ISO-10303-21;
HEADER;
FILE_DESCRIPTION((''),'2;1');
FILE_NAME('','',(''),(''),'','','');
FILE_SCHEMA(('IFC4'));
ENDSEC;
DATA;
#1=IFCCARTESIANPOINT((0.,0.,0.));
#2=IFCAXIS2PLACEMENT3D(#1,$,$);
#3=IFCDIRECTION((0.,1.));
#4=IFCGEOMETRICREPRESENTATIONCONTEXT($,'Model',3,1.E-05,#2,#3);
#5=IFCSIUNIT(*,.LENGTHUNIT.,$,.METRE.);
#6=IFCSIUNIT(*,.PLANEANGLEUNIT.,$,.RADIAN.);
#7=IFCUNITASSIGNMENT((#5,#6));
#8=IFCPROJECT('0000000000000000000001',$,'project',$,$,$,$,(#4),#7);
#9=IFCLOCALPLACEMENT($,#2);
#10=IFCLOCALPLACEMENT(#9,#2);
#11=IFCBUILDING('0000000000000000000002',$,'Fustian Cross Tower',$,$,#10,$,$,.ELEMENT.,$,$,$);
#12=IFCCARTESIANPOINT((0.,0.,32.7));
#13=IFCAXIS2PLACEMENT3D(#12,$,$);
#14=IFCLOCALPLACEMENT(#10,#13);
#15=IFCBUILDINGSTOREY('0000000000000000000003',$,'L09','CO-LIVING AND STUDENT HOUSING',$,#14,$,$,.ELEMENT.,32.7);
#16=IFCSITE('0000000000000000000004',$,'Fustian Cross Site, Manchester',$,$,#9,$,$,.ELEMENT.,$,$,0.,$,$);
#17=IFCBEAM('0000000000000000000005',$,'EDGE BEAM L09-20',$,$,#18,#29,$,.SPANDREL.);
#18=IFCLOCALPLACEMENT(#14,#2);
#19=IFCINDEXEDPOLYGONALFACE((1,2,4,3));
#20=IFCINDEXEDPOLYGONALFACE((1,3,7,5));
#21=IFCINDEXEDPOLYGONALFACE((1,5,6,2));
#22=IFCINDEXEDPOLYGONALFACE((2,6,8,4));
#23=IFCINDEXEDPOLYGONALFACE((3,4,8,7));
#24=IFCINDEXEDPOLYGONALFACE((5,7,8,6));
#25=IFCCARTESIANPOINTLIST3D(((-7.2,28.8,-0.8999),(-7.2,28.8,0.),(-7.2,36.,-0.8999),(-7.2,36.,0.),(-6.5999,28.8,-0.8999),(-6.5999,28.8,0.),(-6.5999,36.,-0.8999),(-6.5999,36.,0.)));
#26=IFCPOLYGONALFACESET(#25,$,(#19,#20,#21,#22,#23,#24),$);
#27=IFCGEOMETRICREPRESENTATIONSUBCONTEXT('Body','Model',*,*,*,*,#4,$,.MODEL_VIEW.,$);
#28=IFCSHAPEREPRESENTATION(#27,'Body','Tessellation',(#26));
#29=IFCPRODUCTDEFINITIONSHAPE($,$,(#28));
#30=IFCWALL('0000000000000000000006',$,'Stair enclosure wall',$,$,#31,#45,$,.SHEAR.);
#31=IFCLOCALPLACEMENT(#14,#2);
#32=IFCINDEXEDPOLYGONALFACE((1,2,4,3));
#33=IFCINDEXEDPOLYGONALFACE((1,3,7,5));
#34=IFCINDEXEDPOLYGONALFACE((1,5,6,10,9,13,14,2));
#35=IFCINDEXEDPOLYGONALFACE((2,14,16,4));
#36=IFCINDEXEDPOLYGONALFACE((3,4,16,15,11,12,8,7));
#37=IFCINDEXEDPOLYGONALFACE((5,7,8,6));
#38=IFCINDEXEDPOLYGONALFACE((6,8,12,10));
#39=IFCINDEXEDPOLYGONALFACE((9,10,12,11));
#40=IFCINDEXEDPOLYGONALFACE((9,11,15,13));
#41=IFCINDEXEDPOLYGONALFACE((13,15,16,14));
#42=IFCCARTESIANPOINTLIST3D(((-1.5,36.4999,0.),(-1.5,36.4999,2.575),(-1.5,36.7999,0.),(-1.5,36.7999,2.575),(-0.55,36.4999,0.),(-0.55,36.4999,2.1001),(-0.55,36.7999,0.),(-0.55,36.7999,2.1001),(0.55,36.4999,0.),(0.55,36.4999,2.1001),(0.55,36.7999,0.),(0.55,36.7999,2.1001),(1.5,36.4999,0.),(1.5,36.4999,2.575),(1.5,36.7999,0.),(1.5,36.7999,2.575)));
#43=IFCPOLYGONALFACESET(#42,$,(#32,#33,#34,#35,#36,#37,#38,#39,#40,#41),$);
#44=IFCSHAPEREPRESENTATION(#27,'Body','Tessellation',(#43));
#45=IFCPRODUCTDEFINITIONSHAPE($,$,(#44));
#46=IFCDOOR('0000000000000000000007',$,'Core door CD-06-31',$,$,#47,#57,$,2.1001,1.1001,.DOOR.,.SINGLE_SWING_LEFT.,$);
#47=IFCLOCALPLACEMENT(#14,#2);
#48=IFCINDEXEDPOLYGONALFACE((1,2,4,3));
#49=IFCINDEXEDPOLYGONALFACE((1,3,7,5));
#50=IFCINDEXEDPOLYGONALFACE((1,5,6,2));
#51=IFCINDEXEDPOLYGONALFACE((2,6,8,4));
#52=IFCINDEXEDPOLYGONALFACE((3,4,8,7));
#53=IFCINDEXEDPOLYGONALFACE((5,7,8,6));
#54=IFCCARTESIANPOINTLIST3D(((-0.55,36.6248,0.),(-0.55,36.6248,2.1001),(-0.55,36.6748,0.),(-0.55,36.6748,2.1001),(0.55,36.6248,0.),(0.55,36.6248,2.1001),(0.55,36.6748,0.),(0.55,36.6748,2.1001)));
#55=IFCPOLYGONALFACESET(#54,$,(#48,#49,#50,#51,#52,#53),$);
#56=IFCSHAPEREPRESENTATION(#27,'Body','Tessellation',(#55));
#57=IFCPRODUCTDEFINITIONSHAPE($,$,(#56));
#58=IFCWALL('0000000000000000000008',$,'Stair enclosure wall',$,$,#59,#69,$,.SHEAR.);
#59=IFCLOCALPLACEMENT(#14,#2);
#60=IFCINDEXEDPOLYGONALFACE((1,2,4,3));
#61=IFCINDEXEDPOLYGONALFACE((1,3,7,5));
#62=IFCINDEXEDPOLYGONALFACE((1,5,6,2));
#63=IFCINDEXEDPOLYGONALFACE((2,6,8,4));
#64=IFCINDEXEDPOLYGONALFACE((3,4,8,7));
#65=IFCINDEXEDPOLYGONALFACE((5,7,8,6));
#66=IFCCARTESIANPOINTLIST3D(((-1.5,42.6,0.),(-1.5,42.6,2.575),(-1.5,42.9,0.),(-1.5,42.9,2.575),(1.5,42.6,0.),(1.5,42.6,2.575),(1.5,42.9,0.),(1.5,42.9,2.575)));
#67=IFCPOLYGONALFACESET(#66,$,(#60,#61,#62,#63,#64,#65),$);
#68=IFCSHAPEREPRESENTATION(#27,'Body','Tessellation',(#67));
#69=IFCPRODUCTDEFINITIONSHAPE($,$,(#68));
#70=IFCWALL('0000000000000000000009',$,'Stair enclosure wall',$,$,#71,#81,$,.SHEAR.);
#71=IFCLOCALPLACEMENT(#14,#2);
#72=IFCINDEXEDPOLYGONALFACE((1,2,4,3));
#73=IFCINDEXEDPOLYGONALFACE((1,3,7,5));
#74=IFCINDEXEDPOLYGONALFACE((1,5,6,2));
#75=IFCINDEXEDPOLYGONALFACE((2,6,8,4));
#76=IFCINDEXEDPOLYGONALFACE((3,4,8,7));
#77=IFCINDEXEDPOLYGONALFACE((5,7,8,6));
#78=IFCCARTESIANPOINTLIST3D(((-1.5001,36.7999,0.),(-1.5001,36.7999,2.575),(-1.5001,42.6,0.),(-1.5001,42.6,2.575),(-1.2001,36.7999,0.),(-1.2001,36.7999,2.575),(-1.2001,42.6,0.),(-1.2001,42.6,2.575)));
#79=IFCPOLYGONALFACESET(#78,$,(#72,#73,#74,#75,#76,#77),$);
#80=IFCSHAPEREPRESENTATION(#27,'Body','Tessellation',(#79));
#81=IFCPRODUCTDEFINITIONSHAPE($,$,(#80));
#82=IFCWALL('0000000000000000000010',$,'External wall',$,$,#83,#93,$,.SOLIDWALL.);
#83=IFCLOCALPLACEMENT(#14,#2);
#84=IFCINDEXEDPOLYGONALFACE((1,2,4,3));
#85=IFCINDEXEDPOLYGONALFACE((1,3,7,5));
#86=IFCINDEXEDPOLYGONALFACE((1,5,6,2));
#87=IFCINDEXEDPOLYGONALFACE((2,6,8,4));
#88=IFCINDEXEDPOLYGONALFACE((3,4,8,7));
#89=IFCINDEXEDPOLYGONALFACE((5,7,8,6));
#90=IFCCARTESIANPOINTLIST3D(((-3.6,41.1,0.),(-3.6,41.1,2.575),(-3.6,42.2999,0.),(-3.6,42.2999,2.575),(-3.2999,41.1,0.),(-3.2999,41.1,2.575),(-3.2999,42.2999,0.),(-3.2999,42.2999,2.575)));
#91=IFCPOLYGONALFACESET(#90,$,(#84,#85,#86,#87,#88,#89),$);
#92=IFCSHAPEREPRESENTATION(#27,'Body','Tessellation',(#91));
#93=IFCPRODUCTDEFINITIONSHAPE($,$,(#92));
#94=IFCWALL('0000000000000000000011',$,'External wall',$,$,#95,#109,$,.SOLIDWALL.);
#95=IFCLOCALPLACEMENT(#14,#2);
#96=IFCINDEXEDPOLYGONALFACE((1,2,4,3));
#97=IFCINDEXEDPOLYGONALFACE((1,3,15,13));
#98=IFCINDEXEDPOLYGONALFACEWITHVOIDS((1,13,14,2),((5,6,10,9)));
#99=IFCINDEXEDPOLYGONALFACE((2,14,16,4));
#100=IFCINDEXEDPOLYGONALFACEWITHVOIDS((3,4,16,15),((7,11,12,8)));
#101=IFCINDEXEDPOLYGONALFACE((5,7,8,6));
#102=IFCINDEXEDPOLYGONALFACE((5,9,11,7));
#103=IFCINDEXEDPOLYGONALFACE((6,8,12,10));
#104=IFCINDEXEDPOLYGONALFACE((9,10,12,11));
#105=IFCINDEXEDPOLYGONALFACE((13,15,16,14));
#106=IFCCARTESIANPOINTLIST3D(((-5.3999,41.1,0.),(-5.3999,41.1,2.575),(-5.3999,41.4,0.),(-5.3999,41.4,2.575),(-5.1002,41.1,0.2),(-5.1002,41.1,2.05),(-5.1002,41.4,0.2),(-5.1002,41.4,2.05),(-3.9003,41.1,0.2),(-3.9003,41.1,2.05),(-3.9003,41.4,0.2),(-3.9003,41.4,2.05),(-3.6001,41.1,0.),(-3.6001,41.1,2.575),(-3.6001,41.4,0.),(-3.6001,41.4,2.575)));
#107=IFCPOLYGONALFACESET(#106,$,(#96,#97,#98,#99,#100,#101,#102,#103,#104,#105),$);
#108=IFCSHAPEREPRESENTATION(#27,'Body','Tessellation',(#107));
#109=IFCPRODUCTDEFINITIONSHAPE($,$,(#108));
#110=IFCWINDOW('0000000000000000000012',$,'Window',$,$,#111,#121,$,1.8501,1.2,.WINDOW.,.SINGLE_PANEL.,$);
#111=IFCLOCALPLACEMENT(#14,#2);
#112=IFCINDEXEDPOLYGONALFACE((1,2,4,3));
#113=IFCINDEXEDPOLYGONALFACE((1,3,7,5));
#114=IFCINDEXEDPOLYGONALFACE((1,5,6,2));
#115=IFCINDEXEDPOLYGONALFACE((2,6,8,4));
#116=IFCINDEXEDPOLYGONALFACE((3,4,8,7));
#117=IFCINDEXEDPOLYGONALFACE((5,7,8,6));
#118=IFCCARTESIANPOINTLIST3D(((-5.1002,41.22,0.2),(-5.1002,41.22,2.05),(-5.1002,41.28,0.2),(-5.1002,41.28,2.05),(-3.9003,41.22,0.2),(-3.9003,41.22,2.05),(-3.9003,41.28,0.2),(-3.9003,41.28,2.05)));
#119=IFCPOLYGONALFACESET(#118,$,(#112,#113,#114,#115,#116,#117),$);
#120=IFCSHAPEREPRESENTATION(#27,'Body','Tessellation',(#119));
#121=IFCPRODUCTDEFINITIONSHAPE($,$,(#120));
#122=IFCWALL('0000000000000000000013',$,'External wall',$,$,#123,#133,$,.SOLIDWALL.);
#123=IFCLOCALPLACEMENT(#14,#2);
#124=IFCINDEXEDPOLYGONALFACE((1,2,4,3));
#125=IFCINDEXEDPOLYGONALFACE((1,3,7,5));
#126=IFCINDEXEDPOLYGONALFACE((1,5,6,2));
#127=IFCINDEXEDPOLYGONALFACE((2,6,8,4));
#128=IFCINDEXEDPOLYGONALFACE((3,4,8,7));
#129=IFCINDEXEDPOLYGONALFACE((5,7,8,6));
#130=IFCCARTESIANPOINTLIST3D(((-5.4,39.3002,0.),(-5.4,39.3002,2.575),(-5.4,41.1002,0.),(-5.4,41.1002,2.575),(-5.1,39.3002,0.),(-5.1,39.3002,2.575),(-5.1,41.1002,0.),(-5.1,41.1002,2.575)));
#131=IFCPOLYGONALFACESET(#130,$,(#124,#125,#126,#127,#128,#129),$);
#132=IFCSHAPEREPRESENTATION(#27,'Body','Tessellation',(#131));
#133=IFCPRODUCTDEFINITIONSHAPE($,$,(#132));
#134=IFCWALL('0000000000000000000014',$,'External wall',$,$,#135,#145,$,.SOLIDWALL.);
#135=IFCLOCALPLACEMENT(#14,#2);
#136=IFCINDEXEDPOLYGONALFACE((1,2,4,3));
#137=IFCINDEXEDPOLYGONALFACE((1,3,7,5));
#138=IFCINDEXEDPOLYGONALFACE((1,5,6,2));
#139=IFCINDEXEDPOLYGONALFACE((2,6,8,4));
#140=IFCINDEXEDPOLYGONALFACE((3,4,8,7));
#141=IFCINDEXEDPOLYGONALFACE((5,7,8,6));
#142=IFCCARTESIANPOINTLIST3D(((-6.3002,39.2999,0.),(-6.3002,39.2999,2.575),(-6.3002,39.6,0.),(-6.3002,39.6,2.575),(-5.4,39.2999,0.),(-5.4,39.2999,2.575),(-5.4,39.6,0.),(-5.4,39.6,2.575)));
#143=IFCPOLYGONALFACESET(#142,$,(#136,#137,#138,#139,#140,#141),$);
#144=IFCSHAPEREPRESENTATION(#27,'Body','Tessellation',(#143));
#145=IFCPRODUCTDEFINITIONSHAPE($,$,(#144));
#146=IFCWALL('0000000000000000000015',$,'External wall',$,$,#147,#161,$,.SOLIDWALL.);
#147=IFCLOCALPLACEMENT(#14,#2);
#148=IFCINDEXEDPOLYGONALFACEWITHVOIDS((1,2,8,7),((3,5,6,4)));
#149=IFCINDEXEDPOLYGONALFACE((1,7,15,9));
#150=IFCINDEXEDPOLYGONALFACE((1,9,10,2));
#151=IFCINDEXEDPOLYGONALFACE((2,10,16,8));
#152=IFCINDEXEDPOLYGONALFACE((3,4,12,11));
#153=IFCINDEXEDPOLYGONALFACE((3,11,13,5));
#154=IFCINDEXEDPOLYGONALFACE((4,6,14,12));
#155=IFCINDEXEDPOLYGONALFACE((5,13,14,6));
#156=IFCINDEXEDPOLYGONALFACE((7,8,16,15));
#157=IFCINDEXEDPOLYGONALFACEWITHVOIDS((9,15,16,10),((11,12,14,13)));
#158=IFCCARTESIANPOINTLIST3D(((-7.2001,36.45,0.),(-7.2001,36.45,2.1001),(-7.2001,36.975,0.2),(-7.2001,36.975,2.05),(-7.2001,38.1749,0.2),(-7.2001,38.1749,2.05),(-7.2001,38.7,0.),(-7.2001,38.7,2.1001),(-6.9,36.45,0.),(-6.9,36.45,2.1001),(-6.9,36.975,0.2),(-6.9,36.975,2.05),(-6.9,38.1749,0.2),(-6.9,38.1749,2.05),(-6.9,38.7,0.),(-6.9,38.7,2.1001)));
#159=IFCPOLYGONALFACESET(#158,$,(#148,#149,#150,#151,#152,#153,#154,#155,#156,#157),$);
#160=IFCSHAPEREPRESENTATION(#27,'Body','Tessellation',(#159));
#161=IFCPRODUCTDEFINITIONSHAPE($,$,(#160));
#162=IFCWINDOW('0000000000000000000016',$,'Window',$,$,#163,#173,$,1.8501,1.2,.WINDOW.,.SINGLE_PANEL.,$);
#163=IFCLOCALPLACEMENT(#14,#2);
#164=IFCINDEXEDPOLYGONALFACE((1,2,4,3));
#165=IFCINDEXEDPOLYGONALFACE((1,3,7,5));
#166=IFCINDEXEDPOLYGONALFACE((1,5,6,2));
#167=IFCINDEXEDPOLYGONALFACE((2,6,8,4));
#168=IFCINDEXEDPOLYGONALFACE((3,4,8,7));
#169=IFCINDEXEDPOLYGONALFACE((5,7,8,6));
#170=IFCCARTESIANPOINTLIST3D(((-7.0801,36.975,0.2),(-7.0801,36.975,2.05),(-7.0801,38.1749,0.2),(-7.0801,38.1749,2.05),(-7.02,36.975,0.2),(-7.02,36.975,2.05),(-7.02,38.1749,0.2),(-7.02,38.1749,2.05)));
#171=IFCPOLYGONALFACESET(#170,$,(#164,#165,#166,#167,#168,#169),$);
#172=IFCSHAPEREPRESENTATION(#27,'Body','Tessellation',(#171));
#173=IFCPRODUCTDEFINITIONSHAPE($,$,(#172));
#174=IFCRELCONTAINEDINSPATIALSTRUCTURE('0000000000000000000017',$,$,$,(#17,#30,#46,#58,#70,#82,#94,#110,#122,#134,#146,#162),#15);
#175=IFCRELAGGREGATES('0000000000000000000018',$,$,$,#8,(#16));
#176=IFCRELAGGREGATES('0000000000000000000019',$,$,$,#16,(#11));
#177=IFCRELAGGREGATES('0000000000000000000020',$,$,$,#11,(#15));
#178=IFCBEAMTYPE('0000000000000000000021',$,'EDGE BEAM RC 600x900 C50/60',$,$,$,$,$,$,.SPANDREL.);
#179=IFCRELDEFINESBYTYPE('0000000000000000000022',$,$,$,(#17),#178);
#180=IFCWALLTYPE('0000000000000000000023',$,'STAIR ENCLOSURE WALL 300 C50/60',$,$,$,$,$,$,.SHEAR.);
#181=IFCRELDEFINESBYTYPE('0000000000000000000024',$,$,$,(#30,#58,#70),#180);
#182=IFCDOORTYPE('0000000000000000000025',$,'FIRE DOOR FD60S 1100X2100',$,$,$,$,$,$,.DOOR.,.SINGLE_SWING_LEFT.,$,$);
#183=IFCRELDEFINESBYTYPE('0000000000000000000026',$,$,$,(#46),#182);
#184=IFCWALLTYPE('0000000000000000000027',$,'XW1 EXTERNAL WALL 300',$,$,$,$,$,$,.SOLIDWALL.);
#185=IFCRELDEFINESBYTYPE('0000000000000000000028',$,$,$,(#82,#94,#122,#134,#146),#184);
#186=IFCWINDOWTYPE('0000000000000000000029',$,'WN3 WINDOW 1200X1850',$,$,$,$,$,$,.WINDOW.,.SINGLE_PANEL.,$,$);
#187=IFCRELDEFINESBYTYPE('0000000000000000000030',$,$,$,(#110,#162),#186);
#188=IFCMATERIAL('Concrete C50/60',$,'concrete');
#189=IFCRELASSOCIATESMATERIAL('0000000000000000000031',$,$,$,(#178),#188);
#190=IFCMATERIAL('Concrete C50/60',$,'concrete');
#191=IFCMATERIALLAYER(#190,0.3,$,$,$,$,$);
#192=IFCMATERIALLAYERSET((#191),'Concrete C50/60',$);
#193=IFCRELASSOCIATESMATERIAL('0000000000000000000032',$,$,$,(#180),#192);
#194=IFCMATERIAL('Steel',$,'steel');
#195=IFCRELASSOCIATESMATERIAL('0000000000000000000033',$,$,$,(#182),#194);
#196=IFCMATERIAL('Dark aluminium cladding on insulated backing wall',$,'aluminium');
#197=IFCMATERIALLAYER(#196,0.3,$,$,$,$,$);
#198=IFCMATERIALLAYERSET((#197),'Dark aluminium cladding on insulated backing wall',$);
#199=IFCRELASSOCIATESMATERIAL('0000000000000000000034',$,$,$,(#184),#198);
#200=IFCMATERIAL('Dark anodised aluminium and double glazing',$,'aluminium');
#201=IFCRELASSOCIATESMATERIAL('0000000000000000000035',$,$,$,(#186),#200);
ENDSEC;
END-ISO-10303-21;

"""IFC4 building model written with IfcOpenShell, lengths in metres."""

from ifc_helpers import new_model, si_unit, direction, frame, frame_2d, origin, origin_2d, place, context, subcontext, project, spatial, rectangle, extrude, material, layer, layer_set, material_profile, profile_set, type_object, element, fill, save


model = new_model("IFC4")

# Units and contexts
model_context = context("Model", 3, precision=1e-05, world=origin(), true_north=direction((0.0, 1.0)))
body_context = subcontext(model_context, "Body", "Model", "MODEL_VIEW")
ifc_project = project(units=[si_unit("LENGTHUNIT", "METRE"), si_unit("PLANEANGLEUNIT", "RADIAN")], contexts=[model_context])

# Site, building, storey
site_placement = place(None, origin())
site = spatial("IfcSite", under=ifc_project, at=site_placement, Name="Fustian Cross Site, Manchester", CompositionType="ELEMENT", RefElevation=0.0)
building_placement = place(site_placement, origin())
building = spatial("IfcBuilding", under=site, at=building_placement, Name="Fustian Cross Tower", CompositionType="ELEMENT")
storey_placement = place(building_placement, frame((0.0, 0.0, 32.7)))
storey = spatial("IfcBuildingStorey", under=building, at=storey_placement, Name="L09", Description="CO-LIVING AND STUDENT HOUSING", CompositionType="ELEMENT", Elevation=32.7)

# Beam
ifc_material_1 = material(Name="Concrete C50/60", Category="concrete")
ifc_material_profile_1 = material_profile(ifc_material_1, rectangle(XDim=0.6001, YDim=0.8999, at=origin_2d()), Name="RC 600x900")
ifc_profile_set_1 = profile_set([ifc_material_profile_1], Name="Concrete C50/60")
beam_type = type_object("IfcBeamType", Name="EDGE BEAM RC 600x900 C50/60", PredefinedType="SPANDREL", material=ifc_profile_set_1)
beam_1_placement = place(storey_placement, frame((-6.8999, 36.0, -0.45), z_axis=(0.0, -1.0, 0.0), x_axis=(1.0, 0.0, 0.0)))
element("IfcBeam", 1, at=beam_1_placement, inside=storey, type_object=beam_type, Name="EDGE BEAM L09-20", PredefinedType="SPANDREL", context=body_context, shape_type="SweptSolid", body=[
    extrude(rectangle(XDim=0.6001, YDim=0.8999, at=origin_2d()), origin(), (0.0, 0.0, 1.0), 7.2),
])

# Wall, opening, door
ifc_material_2 = material(Name="Concrete C50/60", Category="concrete")
ifc_layer_1 = layer(ifc_material_2, 0.3)
ifc_layer_set_1 = layer_set([ifc_layer_1], Name="Concrete C50/60")
wall_type_1 = type_object("IfcWallType", Name="STAIR ENCLOSURE WALL 300 C50/60", PredefinedType="SHEAR", material=ifc_layer_set_1)
wall_1_placement = place(storey_placement, frame((-1.5, 36.6499, 0.0), z_axis=(0.0, 0.0, 1.0), x_axis=(1.0, 0.0, 0.0)))
wall_1 = element("IfcWall", 2, at=wall_1_placement, inside=storey, type_object=wall_type_1, Name="Stair enclosure wall", PredefinedType="SHEAR", context=body_context, shape_type="SweptSolid", body=[
    extrude(rectangle(XDim=3.0, YDim=0.3, at=frame_2d((1.5, 0.0))), origin(), (0.0, 0.0, 1.0), 2.575),
])
opening_1_placement = place(wall_1_placement, frame((0.95, 0.0, 0.0)))
opening_1 = element("IfcOpeningElement", 3, at=opening_1_placement, cuts=wall_1, PredefinedType="OPENING", context=body_context, shape_type="SweptSolid", body=[
    extrude(rectangle(XDim=1.1001, YDim=2.1001, at=frame_2d((0.55, 1.05))), frame((0.0, 0.1599, 0.0), z_axis=(0.0, -1.0, 0.0), x_axis=(1.0, 0.0, 0.0)), (0.0, 0.0, 1.0), 0.3201),
])
ifc_material_3 = material(Name="Steel", Category="steel")
door_type = type_object("IfcDoorType", Name="FIRE DOOR FD60S 1100X2100", OperationType="SINGLE_SWING_LEFT", PredefinedType="DOOR", material=ifc_material_3)
door_placement = place(opening_1_placement, origin())
door = element("IfcDoor", 4, at=door_placement, inside=storey, type_object=door_type, Name="Core door CD-06-31", OperationType="SINGLE_SWING_LEFT", OverallHeight=2.1001, OverallWidth=1.1001, PredefinedType="DOOR", context=body_context, shape_type="SweptSolid", body=[
    extrude(rectangle(XDim=1.1001, YDim=2.1001, at=frame_2d((0.55, 1.05))), frame((0.0, 0.0249, 0.0), z_axis=(0.0, -1.0, 0.0), x_axis=(1.0, 0.0, 0.0)), (0.0, 0.0, 1.0), 0.05),
])
fill(opening_1, door)

# Walls
wall_2_placement = place(storey_placement, frame((-1.5, 42.75, 0.0), z_axis=(0.0, 0.0, 1.0), x_axis=(1.0, 0.0, 0.0)))
element("IfcWall", 5, at=wall_2_placement, inside=storey, type_object=wall_type_1, Name="Stair enclosure wall", PredefinedType="SHEAR", context=body_context, shape_type="SweptSolid", body=[
    extrude(rectangle(XDim=3.0, YDim=0.3, at=frame_2d((1.5, 0.0))), origin(), (0.0, 0.0, 1.0), 2.575),
])
wall_3_placement = place(storey_placement, frame((-1.3501, 36.8, 0.0), z_axis=(0.0, 0.0, 1.0), x_axis=(0.0, 1.0, 0.0)))
element("IfcWall", 6, at=wall_3_placement, inside=storey, type_object=wall_type_1, Name="Stair enclosure wall", PredefinedType="SHEAR", context=body_context, shape_type="SweptSolid", body=[
    extrude(rectangle(XDim=5.8, YDim=0.3, at=frame_2d((2.8999, 0.0))), origin(), (0.0, 0.0, 1.0), 2.575),
])
ifc_material_4 = material(Name="Dark aluminium cladding on insulated backing wall", Category="aluminium")
ifc_layer_2 = layer(ifc_material_4, 0.3)
ifc_layer_set_2 = layer_set([ifc_layer_2], Name="Dark aluminium cladding on insulated backing wall")
wall_type_2 = type_object("IfcWallType", Name="XW1 EXTERNAL WALL 300", PredefinedType="SOLIDWALL", material=ifc_layer_set_2)
wall_4_placement = place(storey_placement, frame((-3.45, 42.3, 0.0), z_axis=(0.0, 0.0, 1.0), x_axis=(0.0, -1.0, 0.0)))
element("IfcWall", 7, at=wall_4_placement, inside=storey, type_object=wall_type_2, Name="External wall", PredefinedType="SOLIDWALL", context=body_context, shape_type="SweptSolid", body=[
    extrude(rectangle(XDim=1.2, YDim=0.3, at=frame_2d((0.6001, 0.0))), origin(), (0.0, 0.0, 1.0), 2.575),
])

# Wall, opening, window
wall_5_placement = place(storey_placement, frame((-3.6001, 41.25, 0.0), z_axis=(0.0, 0.0, 1.0), x_axis=(-1.0, 0.0, 0.0)))
wall_5 = element("IfcWall", 8, at=wall_5_placement, inside=storey, type_object=wall_type_2, Name="External wall", PredefinedType="SOLIDWALL", context=body_context, shape_type="SweptSolid", body=[
    extrude(rectangle(XDim=1.7998, YDim=0.3, at=frame_2d((0.8999, 0.0))), origin(), (0.0, 0.0, 1.0), 2.575),
])
opening_2_placement = place(wall_5_placement, frame((0.3, 0.0, 0.2)))
opening_2 = element("IfcOpeningElement", 9, at=opening_2_placement, cuts=wall_5, PredefinedType="OPENING", context=body_context, shape_type="SweptSolid", body=[
    extrude(rectangle(XDim=1.2, YDim=1.8501, at=frame_2d((0.6001, 0.925))), frame((0.0, 0.1599, 0.0), z_axis=(0.0, -1.0, 0.0), x_axis=(1.0, 0.0, 0.0)), (0.0, 0.0, 1.0), 0.3201),
])
ifc_material_5 = material(Name="Dark anodised aluminium and double glazing", Category="aluminium")
window_type = type_object("IfcWindowType", Name="WN3 WINDOW 1200X1850", PartitioningType="SINGLE_PANEL", PredefinedType="WINDOW", material=ifc_material_5)
window_1_placement = place(opening_2_placement, origin())
window_1 = element("IfcWindow", 10, at=window_1_placement, inside=storey, type_object=window_type, Name="Window", OverallHeight=1.8501, OverallWidth=1.2, PartitioningType="SINGLE_PANEL", PredefinedType="WINDOW", context=body_context, shape_type="SweptSolid", body=[
    extrude(rectangle(XDim=1.2, YDim=1.8501, at=frame_2d((0.6001, 0.925))), frame((0.0, 0.03, 0.0), z_axis=(0.0, -1.0, 0.0), x_axis=(1.0, 0.0, 0.0)), (0.0, 0.0, 1.0), 0.0601),
])
fill(opening_2, window_1)

# Walls
wall_6_placement = place(storey_placement, frame((-5.25, 41.1001, 0.0), z_axis=(0.0, 0.0, 1.0), x_axis=(0.0, -1.0, 0.0)))
element("IfcWall", 11, at=wall_6_placement, inside=storey, type_object=wall_type_2, Name="External wall", PredefinedType="SOLIDWALL", context=body_context, shape_type="SweptSolid", body=[
    extrude(rectangle(XDim=1.8, YDim=0.3, at=frame_2d((0.8999, 0.0))), origin(), (0.0, 0.0, 1.0), 2.575),
])
wall_7_placement = place(storey_placement, frame((-5.3999, 39.45, 0.0), z_axis=(0.0, 0.0, 1.0), x_axis=(-1.0, 0.0, 0.0)))
element("IfcWall", 12, at=wall_7_placement, inside=storey, type_object=wall_type_2, Name="External wall", PredefinedType="SOLIDWALL", context=body_context, shape_type="SweptSolid", body=[
    extrude(rectangle(XDim=0.9001, YDim=0.3, at=frame_2d((0.4502, 0.0))), origin(), (0.0, 0.0, 1.0), 2.575),
])

# Wall, opening, window
wall_8_placement = place(storey_placement, frame((-7.05, 38.7, 0.0), z_axis=(0.0, 0.0, 1.0), x_axis=(0.0, -1.0, 0.0)))
wall_8 = element("IfcWall", 13, at=wall_8_placement, inside=storey, type_object=wall_type_2, Name="External wall", PredefinedType="SOLIDWALL", context=body_context, shape_type="SweptSolid", body=[
    extrude(rectangle(XDim=2.25, YDim=0.3, at=frame_2d((1.125, 0.0))), origin(), (0.0, 0.0, 1.0), 2.1001),
])
opening_3_placement = place(wall_8_placement, frame((0.5249, 0.0, 0.2)))
opening_3 = element("IfcOpeningElement", 14, at=opening_3_placement, cuts=wall_8, PredefinedType="OPENING", context=body_context, shape_type="SweptSolid", body=[
    extrude(rectangle(XDim=1.2, YDim=1.8501, at=frame_2d((0.6001, 0.925))), frame((0.0, 0.1599, 0.0), z_axis=(0.0, -1.0, 0.0), x_axis=(1.0, 0.0, 0.0)), (0.0, 0.0, 1.0), 0.3201),
])
window_2_placement = place(opening_3_placement, origin())
window_2 = element("IfcWindow", 15, at=window_2_placement, inside=storey, type_object=window_type, Name="Window", OverallHeight=1.8501, OverallWidth=1.2, PartitioningType="SINGLE_PANEL", PredefinedType="WINDOW", context=body_context, shape_type="SweptSolid", body=[
    extrude(rectangle(XDim=1.2, YDim=1.8501, at=frame_2d((0.6001, 0.925))), frame((0.0, 0.03, 0.0), z_axis=(0.0, -1.0, 0.0), x_axis=(1.0, 0.0, 0.0)), (0.0, 0.0, 1.0), 0.0601),
])
fill(opening_3, window_2)

save(model, "model.ifc")
